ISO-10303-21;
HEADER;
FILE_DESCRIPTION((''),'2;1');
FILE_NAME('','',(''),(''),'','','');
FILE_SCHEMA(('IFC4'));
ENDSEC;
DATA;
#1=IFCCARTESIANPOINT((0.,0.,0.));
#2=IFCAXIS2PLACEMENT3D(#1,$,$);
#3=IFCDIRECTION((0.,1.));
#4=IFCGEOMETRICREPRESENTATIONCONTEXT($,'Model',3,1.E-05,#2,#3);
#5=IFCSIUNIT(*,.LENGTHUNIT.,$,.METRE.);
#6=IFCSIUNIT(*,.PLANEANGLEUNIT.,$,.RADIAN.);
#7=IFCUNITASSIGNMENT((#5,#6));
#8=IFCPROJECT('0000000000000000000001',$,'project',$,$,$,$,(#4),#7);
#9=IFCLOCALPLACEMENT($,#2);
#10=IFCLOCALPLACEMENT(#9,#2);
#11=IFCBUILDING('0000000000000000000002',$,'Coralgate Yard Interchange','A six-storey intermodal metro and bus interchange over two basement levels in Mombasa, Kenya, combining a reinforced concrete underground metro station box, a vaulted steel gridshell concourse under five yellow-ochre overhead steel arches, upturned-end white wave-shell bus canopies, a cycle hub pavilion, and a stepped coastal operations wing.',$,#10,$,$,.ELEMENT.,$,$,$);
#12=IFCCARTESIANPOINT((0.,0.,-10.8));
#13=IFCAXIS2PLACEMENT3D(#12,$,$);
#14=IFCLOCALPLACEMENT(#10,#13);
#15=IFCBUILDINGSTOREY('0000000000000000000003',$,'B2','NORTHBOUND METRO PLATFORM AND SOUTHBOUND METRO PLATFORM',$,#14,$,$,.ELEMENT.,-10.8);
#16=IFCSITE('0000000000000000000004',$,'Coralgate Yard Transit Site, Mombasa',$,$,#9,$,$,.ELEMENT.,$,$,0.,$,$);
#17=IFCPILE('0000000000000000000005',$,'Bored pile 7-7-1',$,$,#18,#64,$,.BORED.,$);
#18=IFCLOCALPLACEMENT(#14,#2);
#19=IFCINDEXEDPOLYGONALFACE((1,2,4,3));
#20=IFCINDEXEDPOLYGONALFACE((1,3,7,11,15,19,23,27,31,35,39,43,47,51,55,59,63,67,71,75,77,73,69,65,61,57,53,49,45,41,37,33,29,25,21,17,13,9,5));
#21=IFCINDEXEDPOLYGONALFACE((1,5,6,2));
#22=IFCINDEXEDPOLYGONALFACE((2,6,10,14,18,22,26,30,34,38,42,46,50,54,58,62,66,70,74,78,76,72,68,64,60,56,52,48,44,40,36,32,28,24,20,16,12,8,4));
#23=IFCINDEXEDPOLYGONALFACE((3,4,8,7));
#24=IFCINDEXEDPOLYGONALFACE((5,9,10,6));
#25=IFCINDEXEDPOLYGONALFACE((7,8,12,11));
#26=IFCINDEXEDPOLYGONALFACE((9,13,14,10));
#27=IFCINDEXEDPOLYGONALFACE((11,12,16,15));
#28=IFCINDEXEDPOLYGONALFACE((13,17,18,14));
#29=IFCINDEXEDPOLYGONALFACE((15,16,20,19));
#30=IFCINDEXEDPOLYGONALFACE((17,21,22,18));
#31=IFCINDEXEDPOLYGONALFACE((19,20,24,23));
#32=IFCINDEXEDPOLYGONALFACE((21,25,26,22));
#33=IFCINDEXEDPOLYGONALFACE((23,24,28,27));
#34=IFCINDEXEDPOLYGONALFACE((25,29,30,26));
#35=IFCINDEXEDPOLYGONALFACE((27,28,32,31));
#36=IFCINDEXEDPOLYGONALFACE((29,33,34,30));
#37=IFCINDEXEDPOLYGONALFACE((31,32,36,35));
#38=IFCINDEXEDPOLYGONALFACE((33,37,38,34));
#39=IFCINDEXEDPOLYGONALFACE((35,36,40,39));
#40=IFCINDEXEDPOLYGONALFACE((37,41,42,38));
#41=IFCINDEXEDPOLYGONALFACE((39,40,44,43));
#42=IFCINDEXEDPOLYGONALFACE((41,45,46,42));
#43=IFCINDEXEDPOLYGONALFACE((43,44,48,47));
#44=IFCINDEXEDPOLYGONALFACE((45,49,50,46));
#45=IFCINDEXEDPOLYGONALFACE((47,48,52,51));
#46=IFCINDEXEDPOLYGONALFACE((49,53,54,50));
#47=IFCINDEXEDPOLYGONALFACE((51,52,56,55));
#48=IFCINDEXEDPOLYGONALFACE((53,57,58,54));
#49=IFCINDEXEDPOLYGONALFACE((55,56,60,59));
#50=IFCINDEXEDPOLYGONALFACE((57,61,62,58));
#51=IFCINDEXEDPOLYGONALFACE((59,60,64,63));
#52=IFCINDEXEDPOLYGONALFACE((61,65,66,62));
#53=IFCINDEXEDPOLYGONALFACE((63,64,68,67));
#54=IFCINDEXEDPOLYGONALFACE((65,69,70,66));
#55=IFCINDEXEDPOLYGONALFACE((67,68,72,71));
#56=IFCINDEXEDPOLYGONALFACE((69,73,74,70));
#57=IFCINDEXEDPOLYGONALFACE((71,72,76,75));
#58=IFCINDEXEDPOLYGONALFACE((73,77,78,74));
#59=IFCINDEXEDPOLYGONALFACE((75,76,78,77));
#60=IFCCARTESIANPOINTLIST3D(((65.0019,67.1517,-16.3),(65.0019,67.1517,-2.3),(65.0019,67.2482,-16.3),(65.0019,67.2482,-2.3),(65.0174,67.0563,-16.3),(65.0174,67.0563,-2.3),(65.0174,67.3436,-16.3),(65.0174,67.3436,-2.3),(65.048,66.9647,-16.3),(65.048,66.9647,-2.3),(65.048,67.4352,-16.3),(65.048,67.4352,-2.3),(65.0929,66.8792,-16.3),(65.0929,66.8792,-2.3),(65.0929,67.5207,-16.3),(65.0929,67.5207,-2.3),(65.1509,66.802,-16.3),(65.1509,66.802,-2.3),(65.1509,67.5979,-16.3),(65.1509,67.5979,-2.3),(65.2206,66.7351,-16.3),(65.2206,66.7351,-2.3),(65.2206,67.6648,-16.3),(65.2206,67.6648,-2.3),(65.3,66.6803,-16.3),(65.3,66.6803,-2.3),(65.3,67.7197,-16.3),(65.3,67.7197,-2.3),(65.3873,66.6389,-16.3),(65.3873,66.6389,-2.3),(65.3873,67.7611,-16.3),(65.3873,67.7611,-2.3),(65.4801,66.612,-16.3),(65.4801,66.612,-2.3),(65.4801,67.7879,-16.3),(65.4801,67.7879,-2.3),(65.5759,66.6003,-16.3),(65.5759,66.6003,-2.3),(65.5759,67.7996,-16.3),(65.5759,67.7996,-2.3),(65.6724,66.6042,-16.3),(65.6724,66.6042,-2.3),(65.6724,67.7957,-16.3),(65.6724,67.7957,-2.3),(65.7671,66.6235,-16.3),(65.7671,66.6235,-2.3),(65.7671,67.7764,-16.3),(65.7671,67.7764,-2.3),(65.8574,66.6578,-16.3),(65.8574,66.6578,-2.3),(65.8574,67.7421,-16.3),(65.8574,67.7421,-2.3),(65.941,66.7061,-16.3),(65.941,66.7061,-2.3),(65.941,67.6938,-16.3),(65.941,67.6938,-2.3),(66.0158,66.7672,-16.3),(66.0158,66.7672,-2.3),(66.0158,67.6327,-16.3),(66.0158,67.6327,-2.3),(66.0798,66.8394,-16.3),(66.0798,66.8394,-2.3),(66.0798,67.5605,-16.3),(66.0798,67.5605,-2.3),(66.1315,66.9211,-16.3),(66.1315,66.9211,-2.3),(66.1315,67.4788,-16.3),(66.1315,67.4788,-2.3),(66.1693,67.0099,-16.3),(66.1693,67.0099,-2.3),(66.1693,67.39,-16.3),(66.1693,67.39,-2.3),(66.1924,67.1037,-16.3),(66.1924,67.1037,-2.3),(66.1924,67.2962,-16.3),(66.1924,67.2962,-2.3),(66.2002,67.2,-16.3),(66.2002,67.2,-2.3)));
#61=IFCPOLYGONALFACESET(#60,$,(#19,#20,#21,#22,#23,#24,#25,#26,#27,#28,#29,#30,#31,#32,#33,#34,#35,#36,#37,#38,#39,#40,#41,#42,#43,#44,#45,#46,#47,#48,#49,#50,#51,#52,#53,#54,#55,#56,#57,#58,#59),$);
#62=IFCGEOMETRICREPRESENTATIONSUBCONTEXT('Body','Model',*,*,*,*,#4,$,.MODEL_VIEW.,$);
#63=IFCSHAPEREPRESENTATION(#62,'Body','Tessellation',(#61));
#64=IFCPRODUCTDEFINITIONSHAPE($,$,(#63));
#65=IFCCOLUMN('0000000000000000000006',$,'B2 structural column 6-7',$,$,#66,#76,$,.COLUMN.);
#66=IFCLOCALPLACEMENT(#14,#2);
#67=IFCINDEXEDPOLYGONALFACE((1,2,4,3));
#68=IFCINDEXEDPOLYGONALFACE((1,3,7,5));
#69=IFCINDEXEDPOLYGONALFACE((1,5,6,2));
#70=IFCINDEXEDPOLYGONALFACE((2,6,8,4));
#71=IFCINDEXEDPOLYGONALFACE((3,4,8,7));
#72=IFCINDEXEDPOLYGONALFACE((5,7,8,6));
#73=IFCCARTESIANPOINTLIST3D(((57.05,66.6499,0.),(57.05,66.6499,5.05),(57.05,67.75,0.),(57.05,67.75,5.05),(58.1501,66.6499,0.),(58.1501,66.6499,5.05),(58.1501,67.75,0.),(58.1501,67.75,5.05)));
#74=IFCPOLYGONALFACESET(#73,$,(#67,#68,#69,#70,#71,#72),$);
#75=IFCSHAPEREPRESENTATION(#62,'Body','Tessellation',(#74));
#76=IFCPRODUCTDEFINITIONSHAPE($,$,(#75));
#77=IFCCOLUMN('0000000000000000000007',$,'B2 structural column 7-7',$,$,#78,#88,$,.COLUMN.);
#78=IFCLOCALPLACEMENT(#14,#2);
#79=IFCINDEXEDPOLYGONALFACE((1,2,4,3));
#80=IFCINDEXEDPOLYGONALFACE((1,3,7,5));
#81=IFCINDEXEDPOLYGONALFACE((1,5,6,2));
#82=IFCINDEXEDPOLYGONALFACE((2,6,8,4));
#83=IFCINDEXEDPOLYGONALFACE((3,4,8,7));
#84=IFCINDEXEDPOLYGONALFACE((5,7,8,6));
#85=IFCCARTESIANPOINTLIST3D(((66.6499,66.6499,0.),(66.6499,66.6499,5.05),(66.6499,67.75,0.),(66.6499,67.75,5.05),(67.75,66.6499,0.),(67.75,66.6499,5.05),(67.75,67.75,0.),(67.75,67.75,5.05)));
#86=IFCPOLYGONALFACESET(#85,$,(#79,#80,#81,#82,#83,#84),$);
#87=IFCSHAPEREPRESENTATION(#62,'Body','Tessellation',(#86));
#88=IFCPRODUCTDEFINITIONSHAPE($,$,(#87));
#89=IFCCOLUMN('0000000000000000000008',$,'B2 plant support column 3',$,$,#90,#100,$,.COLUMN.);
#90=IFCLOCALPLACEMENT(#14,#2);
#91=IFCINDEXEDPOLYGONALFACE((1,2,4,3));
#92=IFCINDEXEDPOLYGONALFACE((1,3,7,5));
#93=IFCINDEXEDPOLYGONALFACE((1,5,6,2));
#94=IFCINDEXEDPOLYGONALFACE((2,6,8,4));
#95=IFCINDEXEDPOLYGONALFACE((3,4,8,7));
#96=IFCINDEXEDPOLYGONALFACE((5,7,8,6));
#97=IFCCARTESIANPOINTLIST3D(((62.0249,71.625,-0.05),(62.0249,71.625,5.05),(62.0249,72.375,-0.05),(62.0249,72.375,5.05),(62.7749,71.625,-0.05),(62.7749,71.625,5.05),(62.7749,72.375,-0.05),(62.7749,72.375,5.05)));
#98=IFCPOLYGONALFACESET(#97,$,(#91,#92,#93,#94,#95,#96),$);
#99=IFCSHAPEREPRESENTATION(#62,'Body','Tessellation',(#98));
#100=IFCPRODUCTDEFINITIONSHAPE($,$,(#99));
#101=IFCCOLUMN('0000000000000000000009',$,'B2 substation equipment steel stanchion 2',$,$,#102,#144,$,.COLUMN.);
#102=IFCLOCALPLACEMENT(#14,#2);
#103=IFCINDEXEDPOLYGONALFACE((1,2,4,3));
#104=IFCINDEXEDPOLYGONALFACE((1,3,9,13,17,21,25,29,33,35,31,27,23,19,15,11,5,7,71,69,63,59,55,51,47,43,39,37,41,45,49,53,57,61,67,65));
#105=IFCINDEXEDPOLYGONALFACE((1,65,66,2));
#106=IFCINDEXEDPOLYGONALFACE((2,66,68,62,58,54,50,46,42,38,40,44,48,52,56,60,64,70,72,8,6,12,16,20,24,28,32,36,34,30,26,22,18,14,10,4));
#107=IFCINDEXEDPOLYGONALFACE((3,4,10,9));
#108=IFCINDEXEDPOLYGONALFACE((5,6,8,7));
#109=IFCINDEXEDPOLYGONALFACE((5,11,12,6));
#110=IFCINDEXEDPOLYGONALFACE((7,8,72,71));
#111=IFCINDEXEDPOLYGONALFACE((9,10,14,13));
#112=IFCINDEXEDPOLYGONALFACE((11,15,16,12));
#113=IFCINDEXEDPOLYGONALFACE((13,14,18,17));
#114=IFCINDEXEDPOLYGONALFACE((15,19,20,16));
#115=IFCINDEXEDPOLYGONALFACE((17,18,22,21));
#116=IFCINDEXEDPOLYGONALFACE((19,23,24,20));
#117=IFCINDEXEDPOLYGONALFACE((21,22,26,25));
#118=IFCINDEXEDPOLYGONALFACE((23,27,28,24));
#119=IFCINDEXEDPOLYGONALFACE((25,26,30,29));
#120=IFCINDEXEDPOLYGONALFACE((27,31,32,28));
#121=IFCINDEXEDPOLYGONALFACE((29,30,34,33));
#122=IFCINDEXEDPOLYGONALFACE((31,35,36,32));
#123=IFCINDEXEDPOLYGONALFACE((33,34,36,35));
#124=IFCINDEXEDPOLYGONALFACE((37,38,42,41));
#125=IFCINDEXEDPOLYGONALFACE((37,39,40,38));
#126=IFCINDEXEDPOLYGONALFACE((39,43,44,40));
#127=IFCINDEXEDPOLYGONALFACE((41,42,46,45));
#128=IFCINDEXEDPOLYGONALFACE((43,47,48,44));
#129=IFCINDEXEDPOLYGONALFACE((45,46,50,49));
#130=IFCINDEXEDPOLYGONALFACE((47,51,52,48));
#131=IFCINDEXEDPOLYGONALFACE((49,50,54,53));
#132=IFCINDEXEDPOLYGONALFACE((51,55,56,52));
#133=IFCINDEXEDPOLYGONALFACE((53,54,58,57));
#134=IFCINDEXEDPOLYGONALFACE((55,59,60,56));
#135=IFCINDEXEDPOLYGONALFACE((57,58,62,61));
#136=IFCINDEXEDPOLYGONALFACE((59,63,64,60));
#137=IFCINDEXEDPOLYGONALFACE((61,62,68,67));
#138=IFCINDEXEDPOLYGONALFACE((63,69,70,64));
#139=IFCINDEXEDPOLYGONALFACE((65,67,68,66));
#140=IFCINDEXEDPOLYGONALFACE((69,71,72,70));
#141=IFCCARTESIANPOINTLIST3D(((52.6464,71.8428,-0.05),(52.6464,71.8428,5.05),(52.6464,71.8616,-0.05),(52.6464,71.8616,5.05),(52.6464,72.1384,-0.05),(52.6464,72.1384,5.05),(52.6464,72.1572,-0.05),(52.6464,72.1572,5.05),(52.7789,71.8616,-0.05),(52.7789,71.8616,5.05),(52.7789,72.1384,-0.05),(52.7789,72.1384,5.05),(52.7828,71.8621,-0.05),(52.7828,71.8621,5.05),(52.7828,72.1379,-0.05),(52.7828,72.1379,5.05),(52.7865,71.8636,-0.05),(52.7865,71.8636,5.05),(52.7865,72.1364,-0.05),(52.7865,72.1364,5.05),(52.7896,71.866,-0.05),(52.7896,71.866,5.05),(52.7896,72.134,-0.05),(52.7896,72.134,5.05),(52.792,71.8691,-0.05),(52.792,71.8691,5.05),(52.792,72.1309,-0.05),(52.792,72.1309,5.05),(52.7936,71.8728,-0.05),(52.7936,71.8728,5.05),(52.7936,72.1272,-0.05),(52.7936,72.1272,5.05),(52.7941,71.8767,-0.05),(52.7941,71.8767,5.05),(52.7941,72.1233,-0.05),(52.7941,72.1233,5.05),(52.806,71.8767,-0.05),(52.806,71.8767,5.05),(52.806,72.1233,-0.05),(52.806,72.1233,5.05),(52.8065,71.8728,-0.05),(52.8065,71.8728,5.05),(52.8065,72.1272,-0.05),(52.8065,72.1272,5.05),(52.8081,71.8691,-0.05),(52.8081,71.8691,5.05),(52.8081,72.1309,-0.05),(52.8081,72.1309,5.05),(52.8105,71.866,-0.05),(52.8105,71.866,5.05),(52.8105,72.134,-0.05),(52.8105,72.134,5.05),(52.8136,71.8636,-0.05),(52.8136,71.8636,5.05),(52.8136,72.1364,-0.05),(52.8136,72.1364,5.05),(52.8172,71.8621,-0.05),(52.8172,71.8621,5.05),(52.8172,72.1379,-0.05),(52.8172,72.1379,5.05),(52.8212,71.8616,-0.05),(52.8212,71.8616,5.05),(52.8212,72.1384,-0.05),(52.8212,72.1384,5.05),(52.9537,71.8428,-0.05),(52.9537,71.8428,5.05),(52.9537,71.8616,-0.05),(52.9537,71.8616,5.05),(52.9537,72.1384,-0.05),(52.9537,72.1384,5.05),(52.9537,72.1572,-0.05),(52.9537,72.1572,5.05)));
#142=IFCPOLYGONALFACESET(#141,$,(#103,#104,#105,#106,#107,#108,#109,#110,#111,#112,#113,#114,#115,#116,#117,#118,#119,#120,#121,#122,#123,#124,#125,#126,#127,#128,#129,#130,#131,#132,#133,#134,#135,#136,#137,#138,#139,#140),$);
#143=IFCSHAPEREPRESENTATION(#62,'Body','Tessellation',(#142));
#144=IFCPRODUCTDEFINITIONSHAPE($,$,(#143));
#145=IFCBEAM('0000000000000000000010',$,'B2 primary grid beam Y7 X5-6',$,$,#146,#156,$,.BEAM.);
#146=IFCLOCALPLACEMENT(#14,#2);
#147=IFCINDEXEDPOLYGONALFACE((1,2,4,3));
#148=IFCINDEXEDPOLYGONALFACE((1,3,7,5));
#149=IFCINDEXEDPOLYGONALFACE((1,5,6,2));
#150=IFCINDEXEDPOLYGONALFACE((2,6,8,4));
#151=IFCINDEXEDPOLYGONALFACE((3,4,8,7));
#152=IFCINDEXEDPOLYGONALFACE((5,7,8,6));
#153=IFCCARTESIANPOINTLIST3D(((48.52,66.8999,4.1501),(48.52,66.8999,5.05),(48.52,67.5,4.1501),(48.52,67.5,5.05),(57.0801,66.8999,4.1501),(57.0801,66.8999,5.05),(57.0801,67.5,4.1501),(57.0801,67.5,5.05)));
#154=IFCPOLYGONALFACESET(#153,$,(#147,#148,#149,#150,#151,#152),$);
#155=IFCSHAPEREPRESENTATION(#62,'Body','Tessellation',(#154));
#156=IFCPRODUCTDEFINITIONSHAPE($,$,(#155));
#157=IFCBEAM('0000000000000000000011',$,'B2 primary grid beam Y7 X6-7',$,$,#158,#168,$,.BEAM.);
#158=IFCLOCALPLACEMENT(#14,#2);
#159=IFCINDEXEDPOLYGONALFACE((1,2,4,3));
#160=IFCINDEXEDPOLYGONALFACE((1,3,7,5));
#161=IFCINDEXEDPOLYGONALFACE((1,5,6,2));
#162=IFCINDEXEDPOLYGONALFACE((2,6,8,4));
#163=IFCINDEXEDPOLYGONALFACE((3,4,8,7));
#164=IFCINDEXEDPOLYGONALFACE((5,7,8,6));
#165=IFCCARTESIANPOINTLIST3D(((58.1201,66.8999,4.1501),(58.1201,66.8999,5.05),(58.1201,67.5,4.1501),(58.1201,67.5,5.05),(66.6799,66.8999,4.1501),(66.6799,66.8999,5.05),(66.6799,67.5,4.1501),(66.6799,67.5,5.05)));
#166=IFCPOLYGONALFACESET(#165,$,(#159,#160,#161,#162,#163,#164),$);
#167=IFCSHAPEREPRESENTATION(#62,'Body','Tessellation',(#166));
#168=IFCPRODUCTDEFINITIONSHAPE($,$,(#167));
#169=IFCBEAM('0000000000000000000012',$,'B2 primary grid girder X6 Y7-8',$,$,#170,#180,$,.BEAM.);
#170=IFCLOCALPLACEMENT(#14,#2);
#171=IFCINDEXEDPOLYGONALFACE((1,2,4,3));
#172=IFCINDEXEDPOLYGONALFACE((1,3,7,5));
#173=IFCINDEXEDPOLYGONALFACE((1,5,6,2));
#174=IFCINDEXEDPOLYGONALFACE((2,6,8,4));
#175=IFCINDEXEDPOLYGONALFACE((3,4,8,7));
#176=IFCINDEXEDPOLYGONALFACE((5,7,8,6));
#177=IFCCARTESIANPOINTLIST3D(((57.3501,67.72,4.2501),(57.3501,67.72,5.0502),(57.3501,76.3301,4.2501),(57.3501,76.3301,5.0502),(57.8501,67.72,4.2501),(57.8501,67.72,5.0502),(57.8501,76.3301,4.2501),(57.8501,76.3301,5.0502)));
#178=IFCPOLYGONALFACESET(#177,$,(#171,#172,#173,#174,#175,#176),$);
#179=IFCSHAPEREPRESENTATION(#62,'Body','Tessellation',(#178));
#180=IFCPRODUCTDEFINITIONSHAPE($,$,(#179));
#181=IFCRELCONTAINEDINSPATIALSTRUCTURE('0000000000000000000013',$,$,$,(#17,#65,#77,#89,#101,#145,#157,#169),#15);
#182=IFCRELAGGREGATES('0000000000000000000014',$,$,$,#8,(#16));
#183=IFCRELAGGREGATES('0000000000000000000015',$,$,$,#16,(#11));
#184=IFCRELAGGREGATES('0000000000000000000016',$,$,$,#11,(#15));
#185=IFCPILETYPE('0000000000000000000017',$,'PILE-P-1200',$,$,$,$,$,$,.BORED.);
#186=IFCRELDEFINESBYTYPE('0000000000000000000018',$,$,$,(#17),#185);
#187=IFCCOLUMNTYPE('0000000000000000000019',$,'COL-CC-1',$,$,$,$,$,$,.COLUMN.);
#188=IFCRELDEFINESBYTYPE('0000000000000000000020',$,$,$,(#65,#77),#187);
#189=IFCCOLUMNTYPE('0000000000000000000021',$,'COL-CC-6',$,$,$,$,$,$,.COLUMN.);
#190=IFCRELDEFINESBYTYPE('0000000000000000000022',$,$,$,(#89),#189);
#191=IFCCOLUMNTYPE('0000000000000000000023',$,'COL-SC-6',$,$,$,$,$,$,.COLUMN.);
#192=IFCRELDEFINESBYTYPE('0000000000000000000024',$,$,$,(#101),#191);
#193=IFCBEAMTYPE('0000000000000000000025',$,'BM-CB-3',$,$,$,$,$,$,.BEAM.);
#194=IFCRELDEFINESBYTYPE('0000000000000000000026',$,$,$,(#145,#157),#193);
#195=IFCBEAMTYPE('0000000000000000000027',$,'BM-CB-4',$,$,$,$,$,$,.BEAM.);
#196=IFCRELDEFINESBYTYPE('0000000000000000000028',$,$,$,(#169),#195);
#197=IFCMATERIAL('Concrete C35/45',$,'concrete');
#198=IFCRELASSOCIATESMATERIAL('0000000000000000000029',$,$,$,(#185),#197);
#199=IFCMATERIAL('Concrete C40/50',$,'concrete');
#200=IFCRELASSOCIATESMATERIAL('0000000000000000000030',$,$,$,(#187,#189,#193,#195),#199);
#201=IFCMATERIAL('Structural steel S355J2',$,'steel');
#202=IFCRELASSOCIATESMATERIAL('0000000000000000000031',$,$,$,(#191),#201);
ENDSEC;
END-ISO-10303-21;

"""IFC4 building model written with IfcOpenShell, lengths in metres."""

from ifc_helpers import new_model, si_unit, direction, frame, origin, origin_2d, place, context, subcontext, project, spatial, rectangle, circle, i_section, extrude, material, material_profile, profile_set, type_object, element, save


model = new_model("IFC4")

# Units and contexts
model_context = context("Model", 3, precision=1e-05, world=origin(), true_north=direction((0.0, 1.0)))
body_context = subcontext(model_context, "Body", "Model", "MODEL_VIEW")
ifc_project = project(units=[si_unit("LENGTHUNIT", "METRE"), si_unit("PLANEANGLEUNIT", "RADIAN")], contexts=[model_context])

# Site, building, storey
site_placement = place(None, origin())
site = spatial("IfcSite", under=ifc_project, at=site_placement, Name="Coralgate Yard Transit Site, Mombasa", CompositionType="ELEMENT", RefElevation=0.0)
building_placement = place(site_placement, origin())
building = spatial("IfcBuilding", under=site, at=building_placement, Name="Coralgate Yard Interchange", Description="A six-storey intermodal metro and bus interchange over two basement levels in Mombasa, Kenya, combining a reinforced concrete underground metro station box, a vaulted steel gridshell concourse under five yellow-ochre overhead steel arches, upturned-end white wave-shell bus canopies, a cycle hub pavilion, and a stepped coastal operations wing.", CompositionType="ELEMENT")
storey_placement = place(building_placement, frame((0.0, 0.0, -10.8)))
storey = spatial("IfcBuildingStorey", under=building, at=storey_placement, Name="B2", Description="NORTHBOUND METRO PLATFORM AND SOUTHBOUND METRO PLATFORM", CompositionType="ELEMENT", Elevation=-10.8)

# Shared definitions
ifc_material_1 = material(Name="Concrete C40/50", Category="concrete")

# Pile
ifc_material_2 = material(Name="Concrete C35/45", Category="concrete")
ifc_material_profile_1 = material_profile(ifc_material_2, circle(Radius=0.6001, at=origin_2d()), Name="BORED PILE D1200")
ifc_profile_set_1 = profile_set([ifc_material_profile_1], Name="Concrete C35/45")
pile_type = type_object("IfcPileType", Name="PILE-P-1200", PredefinedType="BORED", material=ifc_profile_set_1)
for number, where, z_axis, x_axis, name in (
    (1, (65.6001, 67.2, -2.3), (0.0, 0.0, -1.0), (1.0, 0.0, 0.0), "Bored pile 7-7-1"),
):
    element("IfcPile", number, at=place(storey_placement, frame(where, z_axis=z_axis, x_axis=x_axis)), inside=storey, type_object=pile_type, Name=name, PredefinedType="BORED", context=body_context, shape_type="SweptSolid", body=[
        extrude(circle(Radius=0.6001, at=origin_2d()), origin(), (0.0, 0.0, 1.0), 14.0),
    ])

# Columns
ifc_material_profile_2 = material_profile(ifc_material_1, rectangle(XDim=1.1001, YDim=1.1001, at=origin_2d()), Name="RC 1100x1100")
ifc_profile_set_2 = profile_set([ifc_material_profile_2], Name="Concrete C40/50")
column_type_1 = type_object("IfcColumnType", Name="COL-CC-1", PredefinedType="COLUMN", material=ifc_profile_set_2)
for number, where, z_axis, x_axis, name in (
    (2, (57.6001, 67.2, 0.0), (0.0, 0.0, 1.0), (1.0, 0.0, 0.0), "B2 structural column 6-7"),
    (3, (67.2, 67.2, 0.0), (0.0, 0.0, 1.0), (1.0, 0.0, 0.0), "B2 structural column 7-7"),
):
    element("IfcColumn", number, at=place(storey_placement, frame(where, z_axis=z_axis, x_axis=x_axis)), inside=storey, type_object=column_type_1, Name=name, PredefinedType="COLUMN", context=body_context, shape_type="SweptSolid", body=[
        extrude(rectangle(XDim=1.1001, YDim=1.1001, at=origin_2d()), origin(), (0.0, 0.0, 1.0), 5.05),
    ])
ifc_material_profile_3 = material_profile(ifc_material_1, rectangle(XDim=0.75, YDim=0.75, at=origin_2d()), Name="RC 750x750")
ifc_profile_set_3 = profile_set([ifc_material_profile_3], Name="Concrete C40/50")
column_type_2 = type_object("IfcColumnType", Name="COL-CC-6", PredefinedType="COLUMN", material=ifc_profile_set_3)
column_1_placement = place(storey_placement, frame((62.3999, 72.0, -0.05), z_axis=(0.0, 0.0, 1.0), x_axis=(1.0, 0.0, 0.0)))
element("IfcColumn", 4, at=column_1_placement, inside=storey, type_object=column_type_2, Name="B2 plant support column 3", PredefinedType="COLUMN", context=body_context, shape_type="SweptSolid", body=[
    extrude(rectangle(XDim=0.75, YDim=0.75, at=origin_2d()), origin(), (0.0, 0.0, 1.0), 5.1001),
])
ifc_material_3 = material(Name="Structural steel S355J2", Category="steel")
ifc_material_profile_4 = material_profile(ifc_material_3, i_section(OverallWidth=0.3074, OverallDepth=0.3145, WebThickness=0.012, FlangeThickness=0.0188, FilletRadius=0.0151, at=origin_2d()), Name="UC 305x305x118")
ifc_profile_set_4 = profile_set([ifc_material_profile_4], Name="Structural steel S355J2")
column_type_3 = type_object("IfcColumnType", Name="COL-SC-6", PredefinedType="COLUMN", material=ifc_profile_set_4)
column_2_placement = place(storey_placement, frame((52.8, 72.0, -0.05), z_axis=(0.0, 0.0, 1.0), x_axis=(1.0, 0.0, 0.0)))
element("IfcColumn", 5, at=column_2_placement, inside=storey, type_object=column_type_3, Name="B2 substation equipment steel stanchion 2", PredefinedType="COLUMN", context=body_context, shape_type="SweptSolid", body=[
    extrude(i_section(OverallWidth=0.3074, OverallDepth=0.3145, WebThickness=0.012, FlangeThickness=0.0188, FilletRadius=0.0151, at=origin_2d()), origin(), (0.0, 0.0, 1.0), 5.1001),
])

# Beams
ifc_material_profile_5 = material_profile(ifc_material_1, rectangle(XDim=0.6001, YDim=0.8999, at=origin_2d()), Name="RC 600x900")
ifc_profile_set_5 = profile_set([ifc_material_profile_5], Name="Concrete C40/50")
beam_type_1 = type_object("IfcBeamType", Name="BM-CB-3", PredefinedType="BEAM", material=ifc_profile_set_5)
beam_1_placement = place(storey_placement, frame((48.52, 67.2, 4.6001), z_axis=(1.0, 0.0, 0.0), x_axis=(0.0, 1.0, 0.0)))
element("IfcBeam", 6, at=beam_1_placement, inside=storey, type_object=beam_type_1, Name="B2 primary grid beam Y7 X5-6", PredefinedType="BEAM", context=body_context, shape_type="SweptSolid", body=[
    extrude(rectangle(XDim=0.6001, YDim=0.8999, at=origin_2d()), origin(), (0.0, 0.0, 1.0), 8.5601),
])
beam_2_placement = place(storey_placement, frame((58.1201, 67.2, 4.6001), z_axis=(1.0, 0.0, 0.0), x_axis=(0.0, 1.0, 0.0)))
element("IfcBeam", 7, at=beam_2_placement, inside=storey, type_object=beam_type_1, Name="B2 primary grid beam Y7 X6-7", PredefinedType="BEAM", context=body_context, shape_type="SweptSolid", body=[
    extrude(rectangle(XDim=0.6001, YDim=0.8999, at=origin_2d()), origin(), (0.0, 0.0, 1.0), 8.5598),
])
ifc_material_profile_6 = material_profile(ifc_material_1, rectangle(XDim=0.5, YDim=0.8, at=origin_2d()), Name="RC 500x800")
ifc_profile_set_6 = profile_set([ifc_material_profile_6], Name="Concrete C40/50")
beam_type_2 = type_object("IfcBeamType", Name="BM-CB-4", PredefinedType="BEAM", material=ifc_profile_set_6)
beam_3_placement = place(storey_placement, frame((57.6001, 67.72, 4.6501), z_axis=(0.0, 1.0, 0.0), x_axis=(-1.0, 0.0, 0.0)))
element("IfcBeam", 8, at=beam_3_placement, inside=storey, type_object=beam_type_2, Name="B2 primary grid girder X6 Y7-8", PredefinedType="BEAM", context=body_context, shape_type="SweptSolid", body=[
    extrude(rectangle(XDim=0.5, YDim=0.8, at=origin_2d()), origin(), (0.0, 0.0, 1.0), 8.6101),
])

save(model, "model.ifc")
